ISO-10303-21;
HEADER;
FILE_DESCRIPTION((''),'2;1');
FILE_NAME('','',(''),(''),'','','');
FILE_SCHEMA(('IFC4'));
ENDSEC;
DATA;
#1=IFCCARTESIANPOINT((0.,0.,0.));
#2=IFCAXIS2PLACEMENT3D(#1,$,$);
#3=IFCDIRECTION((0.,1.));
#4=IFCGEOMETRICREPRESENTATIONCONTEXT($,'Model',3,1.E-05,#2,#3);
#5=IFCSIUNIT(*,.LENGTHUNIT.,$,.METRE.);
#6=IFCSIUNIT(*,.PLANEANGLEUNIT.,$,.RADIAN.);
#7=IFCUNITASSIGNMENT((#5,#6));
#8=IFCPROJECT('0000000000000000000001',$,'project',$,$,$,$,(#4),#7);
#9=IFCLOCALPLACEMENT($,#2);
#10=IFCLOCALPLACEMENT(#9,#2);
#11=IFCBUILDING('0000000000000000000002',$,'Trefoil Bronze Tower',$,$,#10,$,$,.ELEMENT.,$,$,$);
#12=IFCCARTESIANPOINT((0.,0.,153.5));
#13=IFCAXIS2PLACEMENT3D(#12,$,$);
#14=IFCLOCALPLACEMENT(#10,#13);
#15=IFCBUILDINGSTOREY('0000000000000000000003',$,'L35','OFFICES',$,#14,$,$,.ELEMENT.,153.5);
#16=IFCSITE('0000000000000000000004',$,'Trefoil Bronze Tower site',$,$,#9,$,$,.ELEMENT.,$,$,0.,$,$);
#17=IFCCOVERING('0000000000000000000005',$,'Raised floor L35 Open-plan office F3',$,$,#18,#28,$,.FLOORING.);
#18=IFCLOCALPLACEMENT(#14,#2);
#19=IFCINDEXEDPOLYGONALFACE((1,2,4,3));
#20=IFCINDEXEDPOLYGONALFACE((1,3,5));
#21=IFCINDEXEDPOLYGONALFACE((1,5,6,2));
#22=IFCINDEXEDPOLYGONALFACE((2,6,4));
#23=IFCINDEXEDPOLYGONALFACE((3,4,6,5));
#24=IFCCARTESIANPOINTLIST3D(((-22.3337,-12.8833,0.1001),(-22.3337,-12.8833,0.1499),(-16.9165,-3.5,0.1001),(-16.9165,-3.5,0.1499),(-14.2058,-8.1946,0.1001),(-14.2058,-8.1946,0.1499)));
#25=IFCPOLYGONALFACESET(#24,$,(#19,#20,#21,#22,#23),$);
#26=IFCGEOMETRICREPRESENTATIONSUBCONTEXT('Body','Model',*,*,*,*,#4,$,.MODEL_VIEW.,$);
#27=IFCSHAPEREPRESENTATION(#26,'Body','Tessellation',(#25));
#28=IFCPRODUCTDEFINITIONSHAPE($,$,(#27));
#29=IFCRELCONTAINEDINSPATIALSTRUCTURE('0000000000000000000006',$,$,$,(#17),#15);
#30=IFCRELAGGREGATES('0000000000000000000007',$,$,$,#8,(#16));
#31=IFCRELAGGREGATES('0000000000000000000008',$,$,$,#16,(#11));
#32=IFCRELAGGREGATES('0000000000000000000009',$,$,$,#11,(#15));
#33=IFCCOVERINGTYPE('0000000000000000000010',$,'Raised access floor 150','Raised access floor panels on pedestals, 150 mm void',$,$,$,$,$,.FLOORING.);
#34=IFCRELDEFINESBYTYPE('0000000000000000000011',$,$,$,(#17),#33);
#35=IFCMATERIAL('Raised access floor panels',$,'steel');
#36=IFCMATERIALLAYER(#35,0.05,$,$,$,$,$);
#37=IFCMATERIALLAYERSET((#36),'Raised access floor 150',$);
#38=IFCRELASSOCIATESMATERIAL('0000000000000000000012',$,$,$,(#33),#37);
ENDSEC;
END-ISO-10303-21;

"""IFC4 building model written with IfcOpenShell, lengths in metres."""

from ifc_helpers import new_model, si_unit, direction, frame, origin, place, context, subcontext, project, spatial, polyline, outline, extrude, material, layer, layer_set, type_object, element, save


model = new_model("IFC4")

# Units and contexts
model_context = context("Model", 3, precision=1e-05, world=origin(), true_north=direction((0.0, 1.0)))
body_context = subcontext(model_context, "Body", "Model", "MODEL_VIEW")
ifc_project = project(units=[si_unit("LENGTHUNIT", "METRE"), si_unit("PLANEANGLEUNIT", "RADIAN")], contexts=[model_context])

# Site, building, storey
site_placement = place(None, origin())
site = spatial("IfcSite", under=ifc_project, at=site_placement, Name="Trefoil Bronze Tower site", CompositionType="ELEMENT", RefElevation=0.0)
building_placement = place(site_placement, origin())
building = spatial("IfcBuilding", under=site, at=building_placement, Name="Trefoil Bronze Tower", CompositionType="ELEMENT")
storey_placement = place(building_placement, frame((0.0, 0.0, 153.5)))
storey = spatial("IfcBuildingStorey", under=building, at=storey_placement, Name="L35", Description="OFFICES", CompositionType="ELEMENT", Elevation=153.5)

# Covering
ifc_material_1 = material(Name="Raised access floor panels", Category="steel")
ifc_layer_1 = layer(ifc_material_1, 0.05)
ifc_layer_set_1 = layer_set([ifc_layer_1], Name="Raised access floor 150")
covering_type = type_object("IfcCoveringType", Name="Raised access floor 150", Description="Raised access floor panels on pedestals, 150 mm void", PredefinedType="FLOORING", material=ifc_layer_set_1)
covering_placement = place(storey_placement, frame((0.0, 0.0, 0.1001)))
element("IfcCovering", 1, at=covering_placement, inside=storey, type_object=covering_type, Name="Raised floor L35 Open-plan office F3", PredefinedType="FLOORING", context=body_context, shape_type="SweptSolid", body=[
    extrude(outline(polyline([(-16.9165, -3.5), (-14.2058, -8.1946), (-22.3337, -12.8833), (-16.9165, -3.5)])), origin(), (0.0, 0.0, 1.0), 0.0498),
])

save(model, "model.ifc")
